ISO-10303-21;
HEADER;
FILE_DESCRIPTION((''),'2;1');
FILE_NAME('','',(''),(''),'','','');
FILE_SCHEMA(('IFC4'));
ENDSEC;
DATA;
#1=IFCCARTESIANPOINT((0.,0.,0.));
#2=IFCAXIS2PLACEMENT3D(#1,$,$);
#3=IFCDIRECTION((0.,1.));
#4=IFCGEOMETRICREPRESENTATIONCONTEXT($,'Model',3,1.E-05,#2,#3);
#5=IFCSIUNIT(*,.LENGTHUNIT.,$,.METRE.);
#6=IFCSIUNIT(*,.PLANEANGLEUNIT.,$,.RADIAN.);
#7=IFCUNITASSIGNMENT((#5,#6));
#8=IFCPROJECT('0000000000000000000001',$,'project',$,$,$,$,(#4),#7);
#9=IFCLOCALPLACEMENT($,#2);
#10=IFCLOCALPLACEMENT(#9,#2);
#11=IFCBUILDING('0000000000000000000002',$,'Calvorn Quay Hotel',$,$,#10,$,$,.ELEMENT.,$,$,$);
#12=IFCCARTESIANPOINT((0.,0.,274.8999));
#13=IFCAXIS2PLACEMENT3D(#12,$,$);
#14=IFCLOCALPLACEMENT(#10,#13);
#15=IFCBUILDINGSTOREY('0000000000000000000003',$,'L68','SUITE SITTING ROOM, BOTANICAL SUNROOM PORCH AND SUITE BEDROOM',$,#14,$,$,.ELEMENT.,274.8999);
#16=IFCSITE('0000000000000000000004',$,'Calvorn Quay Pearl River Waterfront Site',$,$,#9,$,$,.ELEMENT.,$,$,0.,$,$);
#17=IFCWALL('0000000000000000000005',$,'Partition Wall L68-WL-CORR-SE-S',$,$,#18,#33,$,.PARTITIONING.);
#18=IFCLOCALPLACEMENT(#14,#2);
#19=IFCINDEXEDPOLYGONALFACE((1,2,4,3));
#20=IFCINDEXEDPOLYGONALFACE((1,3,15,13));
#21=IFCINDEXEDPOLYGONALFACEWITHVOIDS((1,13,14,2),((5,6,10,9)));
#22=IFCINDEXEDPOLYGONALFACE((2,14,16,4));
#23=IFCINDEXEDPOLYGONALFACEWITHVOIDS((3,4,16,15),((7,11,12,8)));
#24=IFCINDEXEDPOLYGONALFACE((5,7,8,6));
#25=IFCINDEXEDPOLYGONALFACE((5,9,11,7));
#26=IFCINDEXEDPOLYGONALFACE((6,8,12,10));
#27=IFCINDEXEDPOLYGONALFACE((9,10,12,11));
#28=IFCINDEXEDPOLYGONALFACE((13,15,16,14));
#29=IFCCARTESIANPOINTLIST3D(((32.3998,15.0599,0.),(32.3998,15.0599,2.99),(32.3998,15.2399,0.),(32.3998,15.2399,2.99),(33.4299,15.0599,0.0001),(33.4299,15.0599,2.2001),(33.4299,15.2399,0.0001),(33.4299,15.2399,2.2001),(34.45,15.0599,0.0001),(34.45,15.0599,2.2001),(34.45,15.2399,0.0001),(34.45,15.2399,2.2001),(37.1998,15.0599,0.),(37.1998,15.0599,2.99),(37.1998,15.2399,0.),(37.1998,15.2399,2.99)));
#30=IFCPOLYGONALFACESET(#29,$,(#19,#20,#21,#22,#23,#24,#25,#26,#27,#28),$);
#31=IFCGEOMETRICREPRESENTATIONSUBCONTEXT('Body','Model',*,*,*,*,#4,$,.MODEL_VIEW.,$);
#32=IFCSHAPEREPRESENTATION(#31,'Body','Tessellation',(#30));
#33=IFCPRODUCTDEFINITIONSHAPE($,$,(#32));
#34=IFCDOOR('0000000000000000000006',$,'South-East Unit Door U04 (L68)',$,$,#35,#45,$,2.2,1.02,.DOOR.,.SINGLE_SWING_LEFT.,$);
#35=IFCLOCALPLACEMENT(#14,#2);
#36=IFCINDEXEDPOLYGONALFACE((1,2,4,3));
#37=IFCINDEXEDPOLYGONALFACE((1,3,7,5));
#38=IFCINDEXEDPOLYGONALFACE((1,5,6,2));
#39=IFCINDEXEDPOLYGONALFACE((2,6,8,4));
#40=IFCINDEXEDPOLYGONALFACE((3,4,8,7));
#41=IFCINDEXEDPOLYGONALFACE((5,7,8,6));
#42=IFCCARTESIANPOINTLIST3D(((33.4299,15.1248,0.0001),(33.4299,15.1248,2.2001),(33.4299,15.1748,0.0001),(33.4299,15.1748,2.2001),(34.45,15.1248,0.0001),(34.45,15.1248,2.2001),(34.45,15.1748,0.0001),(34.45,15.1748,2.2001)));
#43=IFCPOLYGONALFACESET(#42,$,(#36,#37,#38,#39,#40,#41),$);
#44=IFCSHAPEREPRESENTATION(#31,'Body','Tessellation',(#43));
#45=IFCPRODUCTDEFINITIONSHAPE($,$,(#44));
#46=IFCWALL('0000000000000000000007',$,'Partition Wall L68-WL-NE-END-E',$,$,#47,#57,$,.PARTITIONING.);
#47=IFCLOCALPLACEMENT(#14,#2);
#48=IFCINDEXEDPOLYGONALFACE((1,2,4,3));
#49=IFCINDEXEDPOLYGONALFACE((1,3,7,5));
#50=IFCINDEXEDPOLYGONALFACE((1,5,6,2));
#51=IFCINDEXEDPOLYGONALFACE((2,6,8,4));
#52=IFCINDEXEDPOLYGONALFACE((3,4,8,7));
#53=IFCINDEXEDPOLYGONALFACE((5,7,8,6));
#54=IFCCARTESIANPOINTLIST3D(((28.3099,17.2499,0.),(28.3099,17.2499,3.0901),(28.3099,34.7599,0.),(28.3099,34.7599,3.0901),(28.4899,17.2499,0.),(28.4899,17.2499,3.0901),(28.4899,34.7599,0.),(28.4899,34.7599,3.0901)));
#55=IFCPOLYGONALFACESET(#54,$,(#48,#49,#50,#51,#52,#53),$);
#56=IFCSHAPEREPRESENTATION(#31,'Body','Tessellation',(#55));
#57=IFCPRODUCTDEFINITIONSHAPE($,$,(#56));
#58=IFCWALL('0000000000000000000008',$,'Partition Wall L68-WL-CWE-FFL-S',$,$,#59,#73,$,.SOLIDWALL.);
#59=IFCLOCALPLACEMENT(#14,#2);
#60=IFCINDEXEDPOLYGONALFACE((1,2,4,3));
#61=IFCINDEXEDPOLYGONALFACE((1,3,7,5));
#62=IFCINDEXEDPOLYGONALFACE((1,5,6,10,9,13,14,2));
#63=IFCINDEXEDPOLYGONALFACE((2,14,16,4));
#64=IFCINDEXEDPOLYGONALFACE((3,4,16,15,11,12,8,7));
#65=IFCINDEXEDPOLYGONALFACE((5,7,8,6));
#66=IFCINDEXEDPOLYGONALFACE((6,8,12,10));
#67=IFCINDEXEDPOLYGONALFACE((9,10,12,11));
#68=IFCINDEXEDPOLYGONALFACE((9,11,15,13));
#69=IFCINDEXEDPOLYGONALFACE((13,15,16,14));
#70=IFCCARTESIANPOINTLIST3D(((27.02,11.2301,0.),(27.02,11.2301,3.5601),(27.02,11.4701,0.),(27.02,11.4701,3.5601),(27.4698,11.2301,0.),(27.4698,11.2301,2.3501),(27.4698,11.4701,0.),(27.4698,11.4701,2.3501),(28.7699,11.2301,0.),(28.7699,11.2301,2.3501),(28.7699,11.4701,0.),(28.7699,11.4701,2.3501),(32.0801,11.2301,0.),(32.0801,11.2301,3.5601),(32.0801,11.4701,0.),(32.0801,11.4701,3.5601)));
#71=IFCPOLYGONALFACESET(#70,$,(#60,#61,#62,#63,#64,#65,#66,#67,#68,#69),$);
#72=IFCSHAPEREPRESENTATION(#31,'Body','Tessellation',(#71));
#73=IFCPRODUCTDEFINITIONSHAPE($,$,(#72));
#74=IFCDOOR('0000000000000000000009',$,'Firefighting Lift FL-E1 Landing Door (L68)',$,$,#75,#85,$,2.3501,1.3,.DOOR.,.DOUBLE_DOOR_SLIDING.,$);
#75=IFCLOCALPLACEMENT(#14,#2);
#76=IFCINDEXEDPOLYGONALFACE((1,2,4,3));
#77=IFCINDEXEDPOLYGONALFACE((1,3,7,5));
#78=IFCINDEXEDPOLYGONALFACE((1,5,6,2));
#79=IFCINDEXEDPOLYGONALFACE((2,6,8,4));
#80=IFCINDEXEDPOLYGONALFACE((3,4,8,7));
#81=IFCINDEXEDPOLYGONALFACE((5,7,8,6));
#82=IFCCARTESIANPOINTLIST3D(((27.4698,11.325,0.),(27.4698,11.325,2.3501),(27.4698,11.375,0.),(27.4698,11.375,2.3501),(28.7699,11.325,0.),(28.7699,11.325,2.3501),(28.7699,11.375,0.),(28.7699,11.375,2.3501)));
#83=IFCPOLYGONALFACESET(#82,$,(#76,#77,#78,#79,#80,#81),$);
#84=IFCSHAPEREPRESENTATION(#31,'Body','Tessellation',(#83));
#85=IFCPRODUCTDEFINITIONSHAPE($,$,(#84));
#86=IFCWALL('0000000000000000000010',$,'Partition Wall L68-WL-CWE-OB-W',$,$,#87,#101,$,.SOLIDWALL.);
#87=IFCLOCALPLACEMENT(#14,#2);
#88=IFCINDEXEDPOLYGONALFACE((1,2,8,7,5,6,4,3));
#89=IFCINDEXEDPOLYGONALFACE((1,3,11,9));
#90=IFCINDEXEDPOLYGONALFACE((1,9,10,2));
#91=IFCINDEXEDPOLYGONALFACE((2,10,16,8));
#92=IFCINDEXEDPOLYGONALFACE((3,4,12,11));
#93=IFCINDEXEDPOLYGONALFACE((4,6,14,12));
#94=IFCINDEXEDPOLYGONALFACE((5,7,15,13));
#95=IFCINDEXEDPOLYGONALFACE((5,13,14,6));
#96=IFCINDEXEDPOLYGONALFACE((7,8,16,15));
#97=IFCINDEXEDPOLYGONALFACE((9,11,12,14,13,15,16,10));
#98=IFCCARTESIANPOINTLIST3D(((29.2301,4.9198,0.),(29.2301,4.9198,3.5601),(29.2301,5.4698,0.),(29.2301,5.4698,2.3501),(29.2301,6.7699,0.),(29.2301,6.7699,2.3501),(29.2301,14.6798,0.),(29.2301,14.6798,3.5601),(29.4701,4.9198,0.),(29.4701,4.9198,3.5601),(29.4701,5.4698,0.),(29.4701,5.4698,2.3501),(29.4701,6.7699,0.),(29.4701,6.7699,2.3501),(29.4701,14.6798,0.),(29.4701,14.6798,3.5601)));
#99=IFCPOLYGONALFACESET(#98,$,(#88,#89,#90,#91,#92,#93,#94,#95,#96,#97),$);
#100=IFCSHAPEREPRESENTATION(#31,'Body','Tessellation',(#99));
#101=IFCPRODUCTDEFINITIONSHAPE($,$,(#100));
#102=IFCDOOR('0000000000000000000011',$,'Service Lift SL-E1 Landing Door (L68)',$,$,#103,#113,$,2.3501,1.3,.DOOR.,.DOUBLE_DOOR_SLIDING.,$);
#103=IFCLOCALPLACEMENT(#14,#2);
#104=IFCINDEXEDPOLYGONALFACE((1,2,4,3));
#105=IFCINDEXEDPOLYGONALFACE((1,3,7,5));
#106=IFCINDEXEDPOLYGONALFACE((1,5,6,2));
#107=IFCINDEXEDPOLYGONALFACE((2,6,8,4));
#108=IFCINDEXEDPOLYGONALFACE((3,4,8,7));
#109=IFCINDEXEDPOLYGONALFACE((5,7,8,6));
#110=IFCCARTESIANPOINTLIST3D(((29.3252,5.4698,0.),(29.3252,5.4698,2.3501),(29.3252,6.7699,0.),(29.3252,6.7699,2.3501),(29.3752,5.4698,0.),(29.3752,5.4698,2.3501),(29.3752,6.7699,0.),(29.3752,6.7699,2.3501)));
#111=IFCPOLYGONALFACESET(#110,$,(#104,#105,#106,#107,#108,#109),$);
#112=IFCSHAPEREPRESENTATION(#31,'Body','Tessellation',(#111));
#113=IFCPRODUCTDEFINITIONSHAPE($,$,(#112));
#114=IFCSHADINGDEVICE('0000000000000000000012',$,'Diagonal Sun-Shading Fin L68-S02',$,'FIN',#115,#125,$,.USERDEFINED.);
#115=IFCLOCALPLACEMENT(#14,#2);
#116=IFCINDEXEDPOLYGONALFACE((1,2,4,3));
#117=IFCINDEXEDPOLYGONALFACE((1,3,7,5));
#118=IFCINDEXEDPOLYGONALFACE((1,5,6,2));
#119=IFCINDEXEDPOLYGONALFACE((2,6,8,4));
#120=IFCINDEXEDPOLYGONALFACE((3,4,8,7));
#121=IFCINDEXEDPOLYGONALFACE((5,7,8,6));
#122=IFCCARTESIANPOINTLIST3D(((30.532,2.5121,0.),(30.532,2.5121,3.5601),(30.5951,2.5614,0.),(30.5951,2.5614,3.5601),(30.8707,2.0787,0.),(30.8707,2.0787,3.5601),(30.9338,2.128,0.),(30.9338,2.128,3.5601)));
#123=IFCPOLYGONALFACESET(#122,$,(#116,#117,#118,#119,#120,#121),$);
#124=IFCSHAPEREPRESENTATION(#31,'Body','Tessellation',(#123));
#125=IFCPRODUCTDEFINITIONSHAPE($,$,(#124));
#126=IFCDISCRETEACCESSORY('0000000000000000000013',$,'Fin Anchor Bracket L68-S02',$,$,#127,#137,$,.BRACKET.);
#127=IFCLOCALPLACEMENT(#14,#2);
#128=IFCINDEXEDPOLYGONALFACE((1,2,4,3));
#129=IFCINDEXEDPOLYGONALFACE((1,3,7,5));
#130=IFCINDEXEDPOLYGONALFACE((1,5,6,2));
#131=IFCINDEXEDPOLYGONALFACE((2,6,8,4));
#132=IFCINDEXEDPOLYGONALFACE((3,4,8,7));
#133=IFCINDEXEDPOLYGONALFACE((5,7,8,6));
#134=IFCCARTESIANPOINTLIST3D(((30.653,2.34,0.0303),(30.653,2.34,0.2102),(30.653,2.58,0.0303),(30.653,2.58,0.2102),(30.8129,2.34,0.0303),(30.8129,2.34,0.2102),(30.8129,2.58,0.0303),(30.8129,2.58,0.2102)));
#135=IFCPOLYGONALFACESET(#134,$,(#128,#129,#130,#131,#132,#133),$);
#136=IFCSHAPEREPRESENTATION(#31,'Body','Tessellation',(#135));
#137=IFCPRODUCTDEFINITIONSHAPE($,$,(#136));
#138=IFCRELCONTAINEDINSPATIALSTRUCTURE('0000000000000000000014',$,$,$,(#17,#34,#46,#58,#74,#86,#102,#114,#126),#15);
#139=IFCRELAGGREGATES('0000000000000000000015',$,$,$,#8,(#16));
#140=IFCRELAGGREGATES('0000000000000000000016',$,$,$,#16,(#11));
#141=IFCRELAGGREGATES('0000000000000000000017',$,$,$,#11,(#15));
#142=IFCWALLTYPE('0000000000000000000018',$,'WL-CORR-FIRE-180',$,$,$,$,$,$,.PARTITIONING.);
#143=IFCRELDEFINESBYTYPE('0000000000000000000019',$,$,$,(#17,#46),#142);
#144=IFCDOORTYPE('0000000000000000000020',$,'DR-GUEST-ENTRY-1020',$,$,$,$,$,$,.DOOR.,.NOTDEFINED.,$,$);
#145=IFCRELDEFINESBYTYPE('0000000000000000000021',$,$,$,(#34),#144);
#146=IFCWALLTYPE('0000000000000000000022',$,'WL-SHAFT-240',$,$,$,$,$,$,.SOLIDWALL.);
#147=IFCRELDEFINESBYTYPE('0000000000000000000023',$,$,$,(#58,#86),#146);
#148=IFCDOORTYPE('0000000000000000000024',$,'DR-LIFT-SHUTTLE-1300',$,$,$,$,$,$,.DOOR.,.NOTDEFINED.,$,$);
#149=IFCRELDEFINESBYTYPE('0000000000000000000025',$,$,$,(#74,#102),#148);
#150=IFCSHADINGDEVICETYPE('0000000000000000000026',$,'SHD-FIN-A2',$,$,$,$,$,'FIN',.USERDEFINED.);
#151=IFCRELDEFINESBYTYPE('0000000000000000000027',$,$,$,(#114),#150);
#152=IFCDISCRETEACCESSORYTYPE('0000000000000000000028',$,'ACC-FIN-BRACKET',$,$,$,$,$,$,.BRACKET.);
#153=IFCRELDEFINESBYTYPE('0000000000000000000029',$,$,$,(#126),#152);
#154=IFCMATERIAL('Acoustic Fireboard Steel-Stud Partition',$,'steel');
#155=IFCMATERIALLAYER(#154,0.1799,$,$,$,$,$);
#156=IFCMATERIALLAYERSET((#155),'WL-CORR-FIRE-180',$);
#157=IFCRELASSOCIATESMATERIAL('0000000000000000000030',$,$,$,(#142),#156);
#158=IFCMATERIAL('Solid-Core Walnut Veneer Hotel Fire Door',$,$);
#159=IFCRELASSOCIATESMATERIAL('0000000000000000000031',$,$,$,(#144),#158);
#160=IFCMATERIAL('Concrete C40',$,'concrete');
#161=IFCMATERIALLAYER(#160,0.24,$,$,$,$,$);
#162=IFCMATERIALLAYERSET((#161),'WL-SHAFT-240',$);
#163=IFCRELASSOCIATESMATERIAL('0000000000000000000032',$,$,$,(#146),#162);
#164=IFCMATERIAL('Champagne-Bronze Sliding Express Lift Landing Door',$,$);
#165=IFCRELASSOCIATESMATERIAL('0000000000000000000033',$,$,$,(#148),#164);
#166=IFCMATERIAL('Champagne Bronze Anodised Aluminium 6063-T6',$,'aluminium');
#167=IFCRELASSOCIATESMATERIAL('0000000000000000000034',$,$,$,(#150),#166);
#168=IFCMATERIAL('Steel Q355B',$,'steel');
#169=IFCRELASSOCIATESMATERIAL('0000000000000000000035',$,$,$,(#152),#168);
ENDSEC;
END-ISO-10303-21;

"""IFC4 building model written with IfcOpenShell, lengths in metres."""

from ifc_helpers import new_model, si_unit, direction, frame, frame_2d, origin, origin_2d, place, context, subcontext, project, spatial, rectangle, extrude, material, layer, layer_set, type_object, element, fill, save


model = new_model("IFC4")

# Units and contexts
model_context = context("Model", 3, precision=1e-05, world=origin(), true_north=direction((0.0, 1.0)))
body_context = subcontext(model_context, "Body", "Model", "MODEL_VIEW")
ifc_project = project(units=[si_unit("LENGTHUNIT", "METRE"), si_unit("PLANEANGLEUNIT", "RADIAN")], contexts=[model_context])

# Site, building, storey
site_placement = place(None, origin())
site = spatial("IfcSite", under=ifc_project, at=site_placement, Name="Calvorn Quay Pearl River Waterfront Site", CompositionType="ELEMENT", RefElevation=0.0)
building_placement = place(site_placement, origin())
building = spatial("IfcBuilding", under=site, at=building_placement, Name="Calvorn Quay Hotel", CompositionType="ELEMENT")
storey_placement = place(building_placement, frame((0.0, 0.0, 274.8999)))
storey = spatial("IfcBuildingStorey", under=building, at=storey_placement, Name="L68", Description="SUITE SITTING ROOM, BOTANICAL SUNROOM PORCH AND SUITE BEDROOM", CompositionType="ELEMENT", Elevation=274.8999)

# Wall, opening, door
ifc_material_1 = material(Name="Acoustic Fireboard Steel-Stud Partition", Category="steel")
ifc_layer_1 = layer(ifc_material_1, 0.1799)
ifc_layer_set_1 = layer_set([ifc_layer_1], Name="WL-CORR-FIRE-180")
wall_type_1 = type_object("IfcWallType", Name="WL-CORR-FIRE-180", PredefinedType="PARTITIONING", material=ifc_layer_set_1)
wall_1_placement = place(storey_placement, frame((32.3999, 15.1499, 0.0), z_axis=(0.0, 0.0, 1.0), x_axis=(1.0, 0.0, 0.0)))
wall_1 = element("IfcWall", 1, at=wall_1_placement, inside=storey, type_object=wall_type_1, Name="Partition Wall L68-WL-CORR-SE-S", PredefinedType="PARTITIONING", context=body_context, shape_type="SweptSolid", body=[
    extrude(rectangle(XDim=4.8, YDim=0.1799, at=frame_2d((2.3999, 0.0))), origin(), (0.0, 0.0, 1.0), 2.99),
])
opening_1_placement = place(wall_1_placement, frame((1.03, 0.0, 0.0)))
opening_1 = element("IfcOpeningElement", 2, at=opening_1_placement, cuts=wall_1, PredefinedType="OPENING", context=body_context, shape_type="SweptSolid", body=[
    extrude(rectangle(XDim=1.02, YDim=2.2, at=frame_2d((0.51, 1.1001))), frame((0.0, 0.0999, 0.0), z_axis=(0.0, -1.0, 0.0), x_axis=(1.0, 0.0, 0.0)), (0.0, 0.0, 1.0), 0.2),
])
ifc_material_2 = material(Name="Solid-Core Walnut Veneer Hotel Fire Door")
door_type_1 = type_object("IfcDoorType", Name="DR-GUEST-ENTRY-1020", OperationType="NOTDEFINED", PredefinedType="DOOR", material=ifc_material_2)
door_1_placement = place(opening_1_placement, origin())
door_1 = element("IfcDoor", 3, at=door_1_placement, inside=storey, type_object=door_type_1, Name="South-East Unit Door U04 (L68)", OperationType="SINGLE_SWING_LEFT", OverallHeight=2.2, OverallWidth=1.02, PredefinedType="DOOR", context=body_context, shape_type="SweptSolid", body=[
    extrude(rectangle(XDim=1.02, YDim=2.2, at=frame_2d((0.51, 1.1001))), frame((0.0, 0.0249, 0.0), z_axis=(0.0, -1.0, 0.0), x_axis=(1.0, 0.0, 0.0)), (0.0, 0.0, 1.0), 0.05),
])
fill(opening_1, door_1)

# Wall
wall_2_placement = place(storey_placement, frame((28.3999, 17.25, 0.0), z_axis=(0.0, 0.0, 1.0), x_axis=(0.0, 1.0, 0.0)))
element("IfcWall", 4, at=wall_2_placement, inside=storey, type_object=wall_type_1, Name="Partition Wall L68-WL-NE-END-E", PredefinedType="PARTITIONING", context=body_context, shape_type="SweptSolid", body=[
    extrude(rectangle(XDim=17.51, YDim=0.1799, at=frame_2d((8.7549, 0.0))), origin(), (0.0, 0.0, 1.0), 3.0901),
])

# Walls, openings, doors
ifc_material_3 = material(Name="Concrete C40", Category="concrete")
ifc_layer_2 = layer(ifc_material_3, 0.24)
ifc_layer_set_2 = layer_set([ifc_layer_2], Name="WL-SHAFT-240")
wall_type_2 = type_object("IfcWallType", Name="WL-SHAFT-240", PredefinedType="SOLIDWALL", material=ifc_layer_set_2)
wall_3_placement = place(storey_placement, frame((27.02, 11.3501, 0.0), z_axis=(0.0, 0.0, 1.0), x_axis=(1.0, 0.0, 0.0)))
wall_3 = element("IfcWall", 5, at=wall_3_placement, inside=storey, type_object=wall_type_2, Name="Partition Wall L68-WL-CWE-FFL-S", PredefinedType="SOLIDWALL", context=body_context, shape_type="SweptSolid", body=[
    extrude(rectangle(XDim=5.0601, YDim=0.24, at=frame_2d((2.53, 0.0))), origin(), (0.0, 0.0, 1.0), 3.5601),
])
opening_2_placement = place(wall_3_placement, frame((0.45, 0.0, 0.0)))
opening_2 = element("IfcOpeningElement", 6, at=opening_2_placement, cuts=wall_3, PredefinedType="OPENING", context=body_context, shape_type="SweptSolid", body=[
    extrude(rectangle(XDim=1.3, YDim=2.3501, at=frame_2d((0.6499, 1.175))), frame((0.0, 0.1299, 0.0), z_axis=(0.0, -1.0, 0.0), x_axis=(1.0, 0.0, 0.0)), (0.0, 0.0, 1.0), 0.26),
])
ifc_material_4 = material(Name="Champagne-Bronze Sliding Express Lift Landing Door")
door_type_2 = type_object("IfcDoorType", Name="DR-LIFT-SHUTTLE-1300", OperationType="NOTDEFINED", PredefinedType="DOOR", material=ifc_material_4)
door_2_placement = place(opening_2_placement, origin())
door_2 = element("IfcDoor", 7, at=door_2_placement, inside=storey, type_object=door_type_2, Name="Firefighting Lift FL-E1 Landing Door (L68)", OperationType="DOUBLE_DOOR_SLIDING", OverallHeight=2.3501, OverallWidth=1.3, PredefinedType="DOOR", context=body_context, shape_type="SweptSolid", body=[
    extrude(rectangle(XDim=1.3, YDim=2.3501, at=frame_2d((0.6499, 1.175))), frame((0.0, 0.0249, 0.0), z_axis=(0.0, -1.0, 0.0), x_axis=(1.0, 0.0, 0.0)), (0.0, 0.0, 1.0), 0.05),
])
fill(opening_2, door_2)
wall_4_placement = place(storey_placement, frame((29.3501, 4.9199, 0.0), z_axis=(0.0, 0.0, 1.0), x_axis=(0.0, 1.0, 0.0)))
wall_4 = element("IfcWall", 8, at=wall_4_placement, inside=storey, type_object=wall_type_2, Name="Partition Wall L68-WL-CWE-OB-W", PredefinedType="SOLIDWALL", context=body_context, shape_type="SweptSolid", body=[
    extrude(rectangle(XDim=9.76, YDim=0.24, at=frame_2d((4.8799, 0.0))), origin(), (0.0, 0.0, 1.0), 3.5601),
])
opening_3_placement = place(wall_4_placement, frame((0.55, 0.0, 0.0)))
opening_3 = element("IfcOpeningElement", 9, at=opening_3_placement, cuts=wall_4, PredefinedType="OPENING", context=body_context, shape_type="SweptSolid", body=[
    extrude(rectangle(XDim=1.3, YDim=2.3501, at=frame_2d((0.6499, 1.175))), frame((0.0, 0.1299, 0.0), z_axis=(0.0, -1.0, 0.0), x_axis=(1.0, 0.0, 0.0)), (0.0, 0.0, 1.0), 0.26),
])
door_3_placement = place(opening_3_placement, origin())
door_3 = element("IfcDoor", 10, at=door_3_placement, inside=storey, type_object=door_type_2, Name="Service Lift SL-E1 Landing Door (L68)", OperationType="DOUBLE_DOOR_SLIDING", OverallHeight=2.3501, OverallWidth=1.3, PredefinedType="DOOR", context=body_context, shape_type="SweptSolid", body=[
    extrude(rectangle(XDim=1.3, YDim=2.3501, at=frame_2d((0.6499, 1.175))), frame((0.0, 0.0249, 0.0), z_axis=(0.0, -1.0, 0.0), x_axis=(1.0, 0.0, 0.0)), (0.0, 0.0, 1.0), 0.05),
])
fill(opening_3, door_3)

# Shading device
ifc_material_5 = material(Name="Champagne Bronze Anodised Aluminium 6063-T6", Category="aluminium")
shading_device_type = type_object("IfcShadingDeviceType", Name="SHD-FIN-A2", ElementType="FIN", PredefinedType="USERDEFINED", material=ifc_material_5)
shading_device_placement = place(storey_placement, frame((30.7329, 2.3201, 0.0), z_axis=(0.0, 0.0, 1.0), x_axis=(-0.615661, 0.788011, 0.0)))
element("IfcShadingDevice", 11, at=shading_device_placement, inside=storey, type_object=shading_device_type, Name="Diagonal Sun-Shading Fin L68-S02", ObjectType="FIN", PredefinedType="USERDEFINED", context=body_context, shape_type="SweptSolid", body=[
    extrude(rectangle(XDim=0.55, YDim=0.0801, at=origin_2d()), origin(), (0.0, 0.0, 1.0), 3.5601),
])

# Discrete accessory
ifc_material_6 = material(Name="Steel Q355B", Category="steel")
discrete_accessory_type = type_object("IfcDiscreteAccessoryType", Name="ACC-FIN-BRACKET", PredefinedType="BRACKET", material=ifc_material_6)
discrete_accessory_placement = place(storey_placement, frame((30.7329, 2.46, 0.0303), z_axis=(0.0, 0.0, 1.0), x_axis=(0.0, 1.0, 0.0)))
element("IfcDiscreteAccessory", 12, at=discrete_accessory_placement, inside=storey, type_object=discrete_accessory_type, Name="Fin Anchor Bracket L68-S02", PredefinedType="BRACKET", context=body_context, shape_type="SweptSolid", body=[
    extrude(rectangle(XDim=0.24, YDim=0.1599, at=origin_2d()), origin(), (0.0, 0.0, 1.0), 0.1799),
])

save(model, "model.ifc")
